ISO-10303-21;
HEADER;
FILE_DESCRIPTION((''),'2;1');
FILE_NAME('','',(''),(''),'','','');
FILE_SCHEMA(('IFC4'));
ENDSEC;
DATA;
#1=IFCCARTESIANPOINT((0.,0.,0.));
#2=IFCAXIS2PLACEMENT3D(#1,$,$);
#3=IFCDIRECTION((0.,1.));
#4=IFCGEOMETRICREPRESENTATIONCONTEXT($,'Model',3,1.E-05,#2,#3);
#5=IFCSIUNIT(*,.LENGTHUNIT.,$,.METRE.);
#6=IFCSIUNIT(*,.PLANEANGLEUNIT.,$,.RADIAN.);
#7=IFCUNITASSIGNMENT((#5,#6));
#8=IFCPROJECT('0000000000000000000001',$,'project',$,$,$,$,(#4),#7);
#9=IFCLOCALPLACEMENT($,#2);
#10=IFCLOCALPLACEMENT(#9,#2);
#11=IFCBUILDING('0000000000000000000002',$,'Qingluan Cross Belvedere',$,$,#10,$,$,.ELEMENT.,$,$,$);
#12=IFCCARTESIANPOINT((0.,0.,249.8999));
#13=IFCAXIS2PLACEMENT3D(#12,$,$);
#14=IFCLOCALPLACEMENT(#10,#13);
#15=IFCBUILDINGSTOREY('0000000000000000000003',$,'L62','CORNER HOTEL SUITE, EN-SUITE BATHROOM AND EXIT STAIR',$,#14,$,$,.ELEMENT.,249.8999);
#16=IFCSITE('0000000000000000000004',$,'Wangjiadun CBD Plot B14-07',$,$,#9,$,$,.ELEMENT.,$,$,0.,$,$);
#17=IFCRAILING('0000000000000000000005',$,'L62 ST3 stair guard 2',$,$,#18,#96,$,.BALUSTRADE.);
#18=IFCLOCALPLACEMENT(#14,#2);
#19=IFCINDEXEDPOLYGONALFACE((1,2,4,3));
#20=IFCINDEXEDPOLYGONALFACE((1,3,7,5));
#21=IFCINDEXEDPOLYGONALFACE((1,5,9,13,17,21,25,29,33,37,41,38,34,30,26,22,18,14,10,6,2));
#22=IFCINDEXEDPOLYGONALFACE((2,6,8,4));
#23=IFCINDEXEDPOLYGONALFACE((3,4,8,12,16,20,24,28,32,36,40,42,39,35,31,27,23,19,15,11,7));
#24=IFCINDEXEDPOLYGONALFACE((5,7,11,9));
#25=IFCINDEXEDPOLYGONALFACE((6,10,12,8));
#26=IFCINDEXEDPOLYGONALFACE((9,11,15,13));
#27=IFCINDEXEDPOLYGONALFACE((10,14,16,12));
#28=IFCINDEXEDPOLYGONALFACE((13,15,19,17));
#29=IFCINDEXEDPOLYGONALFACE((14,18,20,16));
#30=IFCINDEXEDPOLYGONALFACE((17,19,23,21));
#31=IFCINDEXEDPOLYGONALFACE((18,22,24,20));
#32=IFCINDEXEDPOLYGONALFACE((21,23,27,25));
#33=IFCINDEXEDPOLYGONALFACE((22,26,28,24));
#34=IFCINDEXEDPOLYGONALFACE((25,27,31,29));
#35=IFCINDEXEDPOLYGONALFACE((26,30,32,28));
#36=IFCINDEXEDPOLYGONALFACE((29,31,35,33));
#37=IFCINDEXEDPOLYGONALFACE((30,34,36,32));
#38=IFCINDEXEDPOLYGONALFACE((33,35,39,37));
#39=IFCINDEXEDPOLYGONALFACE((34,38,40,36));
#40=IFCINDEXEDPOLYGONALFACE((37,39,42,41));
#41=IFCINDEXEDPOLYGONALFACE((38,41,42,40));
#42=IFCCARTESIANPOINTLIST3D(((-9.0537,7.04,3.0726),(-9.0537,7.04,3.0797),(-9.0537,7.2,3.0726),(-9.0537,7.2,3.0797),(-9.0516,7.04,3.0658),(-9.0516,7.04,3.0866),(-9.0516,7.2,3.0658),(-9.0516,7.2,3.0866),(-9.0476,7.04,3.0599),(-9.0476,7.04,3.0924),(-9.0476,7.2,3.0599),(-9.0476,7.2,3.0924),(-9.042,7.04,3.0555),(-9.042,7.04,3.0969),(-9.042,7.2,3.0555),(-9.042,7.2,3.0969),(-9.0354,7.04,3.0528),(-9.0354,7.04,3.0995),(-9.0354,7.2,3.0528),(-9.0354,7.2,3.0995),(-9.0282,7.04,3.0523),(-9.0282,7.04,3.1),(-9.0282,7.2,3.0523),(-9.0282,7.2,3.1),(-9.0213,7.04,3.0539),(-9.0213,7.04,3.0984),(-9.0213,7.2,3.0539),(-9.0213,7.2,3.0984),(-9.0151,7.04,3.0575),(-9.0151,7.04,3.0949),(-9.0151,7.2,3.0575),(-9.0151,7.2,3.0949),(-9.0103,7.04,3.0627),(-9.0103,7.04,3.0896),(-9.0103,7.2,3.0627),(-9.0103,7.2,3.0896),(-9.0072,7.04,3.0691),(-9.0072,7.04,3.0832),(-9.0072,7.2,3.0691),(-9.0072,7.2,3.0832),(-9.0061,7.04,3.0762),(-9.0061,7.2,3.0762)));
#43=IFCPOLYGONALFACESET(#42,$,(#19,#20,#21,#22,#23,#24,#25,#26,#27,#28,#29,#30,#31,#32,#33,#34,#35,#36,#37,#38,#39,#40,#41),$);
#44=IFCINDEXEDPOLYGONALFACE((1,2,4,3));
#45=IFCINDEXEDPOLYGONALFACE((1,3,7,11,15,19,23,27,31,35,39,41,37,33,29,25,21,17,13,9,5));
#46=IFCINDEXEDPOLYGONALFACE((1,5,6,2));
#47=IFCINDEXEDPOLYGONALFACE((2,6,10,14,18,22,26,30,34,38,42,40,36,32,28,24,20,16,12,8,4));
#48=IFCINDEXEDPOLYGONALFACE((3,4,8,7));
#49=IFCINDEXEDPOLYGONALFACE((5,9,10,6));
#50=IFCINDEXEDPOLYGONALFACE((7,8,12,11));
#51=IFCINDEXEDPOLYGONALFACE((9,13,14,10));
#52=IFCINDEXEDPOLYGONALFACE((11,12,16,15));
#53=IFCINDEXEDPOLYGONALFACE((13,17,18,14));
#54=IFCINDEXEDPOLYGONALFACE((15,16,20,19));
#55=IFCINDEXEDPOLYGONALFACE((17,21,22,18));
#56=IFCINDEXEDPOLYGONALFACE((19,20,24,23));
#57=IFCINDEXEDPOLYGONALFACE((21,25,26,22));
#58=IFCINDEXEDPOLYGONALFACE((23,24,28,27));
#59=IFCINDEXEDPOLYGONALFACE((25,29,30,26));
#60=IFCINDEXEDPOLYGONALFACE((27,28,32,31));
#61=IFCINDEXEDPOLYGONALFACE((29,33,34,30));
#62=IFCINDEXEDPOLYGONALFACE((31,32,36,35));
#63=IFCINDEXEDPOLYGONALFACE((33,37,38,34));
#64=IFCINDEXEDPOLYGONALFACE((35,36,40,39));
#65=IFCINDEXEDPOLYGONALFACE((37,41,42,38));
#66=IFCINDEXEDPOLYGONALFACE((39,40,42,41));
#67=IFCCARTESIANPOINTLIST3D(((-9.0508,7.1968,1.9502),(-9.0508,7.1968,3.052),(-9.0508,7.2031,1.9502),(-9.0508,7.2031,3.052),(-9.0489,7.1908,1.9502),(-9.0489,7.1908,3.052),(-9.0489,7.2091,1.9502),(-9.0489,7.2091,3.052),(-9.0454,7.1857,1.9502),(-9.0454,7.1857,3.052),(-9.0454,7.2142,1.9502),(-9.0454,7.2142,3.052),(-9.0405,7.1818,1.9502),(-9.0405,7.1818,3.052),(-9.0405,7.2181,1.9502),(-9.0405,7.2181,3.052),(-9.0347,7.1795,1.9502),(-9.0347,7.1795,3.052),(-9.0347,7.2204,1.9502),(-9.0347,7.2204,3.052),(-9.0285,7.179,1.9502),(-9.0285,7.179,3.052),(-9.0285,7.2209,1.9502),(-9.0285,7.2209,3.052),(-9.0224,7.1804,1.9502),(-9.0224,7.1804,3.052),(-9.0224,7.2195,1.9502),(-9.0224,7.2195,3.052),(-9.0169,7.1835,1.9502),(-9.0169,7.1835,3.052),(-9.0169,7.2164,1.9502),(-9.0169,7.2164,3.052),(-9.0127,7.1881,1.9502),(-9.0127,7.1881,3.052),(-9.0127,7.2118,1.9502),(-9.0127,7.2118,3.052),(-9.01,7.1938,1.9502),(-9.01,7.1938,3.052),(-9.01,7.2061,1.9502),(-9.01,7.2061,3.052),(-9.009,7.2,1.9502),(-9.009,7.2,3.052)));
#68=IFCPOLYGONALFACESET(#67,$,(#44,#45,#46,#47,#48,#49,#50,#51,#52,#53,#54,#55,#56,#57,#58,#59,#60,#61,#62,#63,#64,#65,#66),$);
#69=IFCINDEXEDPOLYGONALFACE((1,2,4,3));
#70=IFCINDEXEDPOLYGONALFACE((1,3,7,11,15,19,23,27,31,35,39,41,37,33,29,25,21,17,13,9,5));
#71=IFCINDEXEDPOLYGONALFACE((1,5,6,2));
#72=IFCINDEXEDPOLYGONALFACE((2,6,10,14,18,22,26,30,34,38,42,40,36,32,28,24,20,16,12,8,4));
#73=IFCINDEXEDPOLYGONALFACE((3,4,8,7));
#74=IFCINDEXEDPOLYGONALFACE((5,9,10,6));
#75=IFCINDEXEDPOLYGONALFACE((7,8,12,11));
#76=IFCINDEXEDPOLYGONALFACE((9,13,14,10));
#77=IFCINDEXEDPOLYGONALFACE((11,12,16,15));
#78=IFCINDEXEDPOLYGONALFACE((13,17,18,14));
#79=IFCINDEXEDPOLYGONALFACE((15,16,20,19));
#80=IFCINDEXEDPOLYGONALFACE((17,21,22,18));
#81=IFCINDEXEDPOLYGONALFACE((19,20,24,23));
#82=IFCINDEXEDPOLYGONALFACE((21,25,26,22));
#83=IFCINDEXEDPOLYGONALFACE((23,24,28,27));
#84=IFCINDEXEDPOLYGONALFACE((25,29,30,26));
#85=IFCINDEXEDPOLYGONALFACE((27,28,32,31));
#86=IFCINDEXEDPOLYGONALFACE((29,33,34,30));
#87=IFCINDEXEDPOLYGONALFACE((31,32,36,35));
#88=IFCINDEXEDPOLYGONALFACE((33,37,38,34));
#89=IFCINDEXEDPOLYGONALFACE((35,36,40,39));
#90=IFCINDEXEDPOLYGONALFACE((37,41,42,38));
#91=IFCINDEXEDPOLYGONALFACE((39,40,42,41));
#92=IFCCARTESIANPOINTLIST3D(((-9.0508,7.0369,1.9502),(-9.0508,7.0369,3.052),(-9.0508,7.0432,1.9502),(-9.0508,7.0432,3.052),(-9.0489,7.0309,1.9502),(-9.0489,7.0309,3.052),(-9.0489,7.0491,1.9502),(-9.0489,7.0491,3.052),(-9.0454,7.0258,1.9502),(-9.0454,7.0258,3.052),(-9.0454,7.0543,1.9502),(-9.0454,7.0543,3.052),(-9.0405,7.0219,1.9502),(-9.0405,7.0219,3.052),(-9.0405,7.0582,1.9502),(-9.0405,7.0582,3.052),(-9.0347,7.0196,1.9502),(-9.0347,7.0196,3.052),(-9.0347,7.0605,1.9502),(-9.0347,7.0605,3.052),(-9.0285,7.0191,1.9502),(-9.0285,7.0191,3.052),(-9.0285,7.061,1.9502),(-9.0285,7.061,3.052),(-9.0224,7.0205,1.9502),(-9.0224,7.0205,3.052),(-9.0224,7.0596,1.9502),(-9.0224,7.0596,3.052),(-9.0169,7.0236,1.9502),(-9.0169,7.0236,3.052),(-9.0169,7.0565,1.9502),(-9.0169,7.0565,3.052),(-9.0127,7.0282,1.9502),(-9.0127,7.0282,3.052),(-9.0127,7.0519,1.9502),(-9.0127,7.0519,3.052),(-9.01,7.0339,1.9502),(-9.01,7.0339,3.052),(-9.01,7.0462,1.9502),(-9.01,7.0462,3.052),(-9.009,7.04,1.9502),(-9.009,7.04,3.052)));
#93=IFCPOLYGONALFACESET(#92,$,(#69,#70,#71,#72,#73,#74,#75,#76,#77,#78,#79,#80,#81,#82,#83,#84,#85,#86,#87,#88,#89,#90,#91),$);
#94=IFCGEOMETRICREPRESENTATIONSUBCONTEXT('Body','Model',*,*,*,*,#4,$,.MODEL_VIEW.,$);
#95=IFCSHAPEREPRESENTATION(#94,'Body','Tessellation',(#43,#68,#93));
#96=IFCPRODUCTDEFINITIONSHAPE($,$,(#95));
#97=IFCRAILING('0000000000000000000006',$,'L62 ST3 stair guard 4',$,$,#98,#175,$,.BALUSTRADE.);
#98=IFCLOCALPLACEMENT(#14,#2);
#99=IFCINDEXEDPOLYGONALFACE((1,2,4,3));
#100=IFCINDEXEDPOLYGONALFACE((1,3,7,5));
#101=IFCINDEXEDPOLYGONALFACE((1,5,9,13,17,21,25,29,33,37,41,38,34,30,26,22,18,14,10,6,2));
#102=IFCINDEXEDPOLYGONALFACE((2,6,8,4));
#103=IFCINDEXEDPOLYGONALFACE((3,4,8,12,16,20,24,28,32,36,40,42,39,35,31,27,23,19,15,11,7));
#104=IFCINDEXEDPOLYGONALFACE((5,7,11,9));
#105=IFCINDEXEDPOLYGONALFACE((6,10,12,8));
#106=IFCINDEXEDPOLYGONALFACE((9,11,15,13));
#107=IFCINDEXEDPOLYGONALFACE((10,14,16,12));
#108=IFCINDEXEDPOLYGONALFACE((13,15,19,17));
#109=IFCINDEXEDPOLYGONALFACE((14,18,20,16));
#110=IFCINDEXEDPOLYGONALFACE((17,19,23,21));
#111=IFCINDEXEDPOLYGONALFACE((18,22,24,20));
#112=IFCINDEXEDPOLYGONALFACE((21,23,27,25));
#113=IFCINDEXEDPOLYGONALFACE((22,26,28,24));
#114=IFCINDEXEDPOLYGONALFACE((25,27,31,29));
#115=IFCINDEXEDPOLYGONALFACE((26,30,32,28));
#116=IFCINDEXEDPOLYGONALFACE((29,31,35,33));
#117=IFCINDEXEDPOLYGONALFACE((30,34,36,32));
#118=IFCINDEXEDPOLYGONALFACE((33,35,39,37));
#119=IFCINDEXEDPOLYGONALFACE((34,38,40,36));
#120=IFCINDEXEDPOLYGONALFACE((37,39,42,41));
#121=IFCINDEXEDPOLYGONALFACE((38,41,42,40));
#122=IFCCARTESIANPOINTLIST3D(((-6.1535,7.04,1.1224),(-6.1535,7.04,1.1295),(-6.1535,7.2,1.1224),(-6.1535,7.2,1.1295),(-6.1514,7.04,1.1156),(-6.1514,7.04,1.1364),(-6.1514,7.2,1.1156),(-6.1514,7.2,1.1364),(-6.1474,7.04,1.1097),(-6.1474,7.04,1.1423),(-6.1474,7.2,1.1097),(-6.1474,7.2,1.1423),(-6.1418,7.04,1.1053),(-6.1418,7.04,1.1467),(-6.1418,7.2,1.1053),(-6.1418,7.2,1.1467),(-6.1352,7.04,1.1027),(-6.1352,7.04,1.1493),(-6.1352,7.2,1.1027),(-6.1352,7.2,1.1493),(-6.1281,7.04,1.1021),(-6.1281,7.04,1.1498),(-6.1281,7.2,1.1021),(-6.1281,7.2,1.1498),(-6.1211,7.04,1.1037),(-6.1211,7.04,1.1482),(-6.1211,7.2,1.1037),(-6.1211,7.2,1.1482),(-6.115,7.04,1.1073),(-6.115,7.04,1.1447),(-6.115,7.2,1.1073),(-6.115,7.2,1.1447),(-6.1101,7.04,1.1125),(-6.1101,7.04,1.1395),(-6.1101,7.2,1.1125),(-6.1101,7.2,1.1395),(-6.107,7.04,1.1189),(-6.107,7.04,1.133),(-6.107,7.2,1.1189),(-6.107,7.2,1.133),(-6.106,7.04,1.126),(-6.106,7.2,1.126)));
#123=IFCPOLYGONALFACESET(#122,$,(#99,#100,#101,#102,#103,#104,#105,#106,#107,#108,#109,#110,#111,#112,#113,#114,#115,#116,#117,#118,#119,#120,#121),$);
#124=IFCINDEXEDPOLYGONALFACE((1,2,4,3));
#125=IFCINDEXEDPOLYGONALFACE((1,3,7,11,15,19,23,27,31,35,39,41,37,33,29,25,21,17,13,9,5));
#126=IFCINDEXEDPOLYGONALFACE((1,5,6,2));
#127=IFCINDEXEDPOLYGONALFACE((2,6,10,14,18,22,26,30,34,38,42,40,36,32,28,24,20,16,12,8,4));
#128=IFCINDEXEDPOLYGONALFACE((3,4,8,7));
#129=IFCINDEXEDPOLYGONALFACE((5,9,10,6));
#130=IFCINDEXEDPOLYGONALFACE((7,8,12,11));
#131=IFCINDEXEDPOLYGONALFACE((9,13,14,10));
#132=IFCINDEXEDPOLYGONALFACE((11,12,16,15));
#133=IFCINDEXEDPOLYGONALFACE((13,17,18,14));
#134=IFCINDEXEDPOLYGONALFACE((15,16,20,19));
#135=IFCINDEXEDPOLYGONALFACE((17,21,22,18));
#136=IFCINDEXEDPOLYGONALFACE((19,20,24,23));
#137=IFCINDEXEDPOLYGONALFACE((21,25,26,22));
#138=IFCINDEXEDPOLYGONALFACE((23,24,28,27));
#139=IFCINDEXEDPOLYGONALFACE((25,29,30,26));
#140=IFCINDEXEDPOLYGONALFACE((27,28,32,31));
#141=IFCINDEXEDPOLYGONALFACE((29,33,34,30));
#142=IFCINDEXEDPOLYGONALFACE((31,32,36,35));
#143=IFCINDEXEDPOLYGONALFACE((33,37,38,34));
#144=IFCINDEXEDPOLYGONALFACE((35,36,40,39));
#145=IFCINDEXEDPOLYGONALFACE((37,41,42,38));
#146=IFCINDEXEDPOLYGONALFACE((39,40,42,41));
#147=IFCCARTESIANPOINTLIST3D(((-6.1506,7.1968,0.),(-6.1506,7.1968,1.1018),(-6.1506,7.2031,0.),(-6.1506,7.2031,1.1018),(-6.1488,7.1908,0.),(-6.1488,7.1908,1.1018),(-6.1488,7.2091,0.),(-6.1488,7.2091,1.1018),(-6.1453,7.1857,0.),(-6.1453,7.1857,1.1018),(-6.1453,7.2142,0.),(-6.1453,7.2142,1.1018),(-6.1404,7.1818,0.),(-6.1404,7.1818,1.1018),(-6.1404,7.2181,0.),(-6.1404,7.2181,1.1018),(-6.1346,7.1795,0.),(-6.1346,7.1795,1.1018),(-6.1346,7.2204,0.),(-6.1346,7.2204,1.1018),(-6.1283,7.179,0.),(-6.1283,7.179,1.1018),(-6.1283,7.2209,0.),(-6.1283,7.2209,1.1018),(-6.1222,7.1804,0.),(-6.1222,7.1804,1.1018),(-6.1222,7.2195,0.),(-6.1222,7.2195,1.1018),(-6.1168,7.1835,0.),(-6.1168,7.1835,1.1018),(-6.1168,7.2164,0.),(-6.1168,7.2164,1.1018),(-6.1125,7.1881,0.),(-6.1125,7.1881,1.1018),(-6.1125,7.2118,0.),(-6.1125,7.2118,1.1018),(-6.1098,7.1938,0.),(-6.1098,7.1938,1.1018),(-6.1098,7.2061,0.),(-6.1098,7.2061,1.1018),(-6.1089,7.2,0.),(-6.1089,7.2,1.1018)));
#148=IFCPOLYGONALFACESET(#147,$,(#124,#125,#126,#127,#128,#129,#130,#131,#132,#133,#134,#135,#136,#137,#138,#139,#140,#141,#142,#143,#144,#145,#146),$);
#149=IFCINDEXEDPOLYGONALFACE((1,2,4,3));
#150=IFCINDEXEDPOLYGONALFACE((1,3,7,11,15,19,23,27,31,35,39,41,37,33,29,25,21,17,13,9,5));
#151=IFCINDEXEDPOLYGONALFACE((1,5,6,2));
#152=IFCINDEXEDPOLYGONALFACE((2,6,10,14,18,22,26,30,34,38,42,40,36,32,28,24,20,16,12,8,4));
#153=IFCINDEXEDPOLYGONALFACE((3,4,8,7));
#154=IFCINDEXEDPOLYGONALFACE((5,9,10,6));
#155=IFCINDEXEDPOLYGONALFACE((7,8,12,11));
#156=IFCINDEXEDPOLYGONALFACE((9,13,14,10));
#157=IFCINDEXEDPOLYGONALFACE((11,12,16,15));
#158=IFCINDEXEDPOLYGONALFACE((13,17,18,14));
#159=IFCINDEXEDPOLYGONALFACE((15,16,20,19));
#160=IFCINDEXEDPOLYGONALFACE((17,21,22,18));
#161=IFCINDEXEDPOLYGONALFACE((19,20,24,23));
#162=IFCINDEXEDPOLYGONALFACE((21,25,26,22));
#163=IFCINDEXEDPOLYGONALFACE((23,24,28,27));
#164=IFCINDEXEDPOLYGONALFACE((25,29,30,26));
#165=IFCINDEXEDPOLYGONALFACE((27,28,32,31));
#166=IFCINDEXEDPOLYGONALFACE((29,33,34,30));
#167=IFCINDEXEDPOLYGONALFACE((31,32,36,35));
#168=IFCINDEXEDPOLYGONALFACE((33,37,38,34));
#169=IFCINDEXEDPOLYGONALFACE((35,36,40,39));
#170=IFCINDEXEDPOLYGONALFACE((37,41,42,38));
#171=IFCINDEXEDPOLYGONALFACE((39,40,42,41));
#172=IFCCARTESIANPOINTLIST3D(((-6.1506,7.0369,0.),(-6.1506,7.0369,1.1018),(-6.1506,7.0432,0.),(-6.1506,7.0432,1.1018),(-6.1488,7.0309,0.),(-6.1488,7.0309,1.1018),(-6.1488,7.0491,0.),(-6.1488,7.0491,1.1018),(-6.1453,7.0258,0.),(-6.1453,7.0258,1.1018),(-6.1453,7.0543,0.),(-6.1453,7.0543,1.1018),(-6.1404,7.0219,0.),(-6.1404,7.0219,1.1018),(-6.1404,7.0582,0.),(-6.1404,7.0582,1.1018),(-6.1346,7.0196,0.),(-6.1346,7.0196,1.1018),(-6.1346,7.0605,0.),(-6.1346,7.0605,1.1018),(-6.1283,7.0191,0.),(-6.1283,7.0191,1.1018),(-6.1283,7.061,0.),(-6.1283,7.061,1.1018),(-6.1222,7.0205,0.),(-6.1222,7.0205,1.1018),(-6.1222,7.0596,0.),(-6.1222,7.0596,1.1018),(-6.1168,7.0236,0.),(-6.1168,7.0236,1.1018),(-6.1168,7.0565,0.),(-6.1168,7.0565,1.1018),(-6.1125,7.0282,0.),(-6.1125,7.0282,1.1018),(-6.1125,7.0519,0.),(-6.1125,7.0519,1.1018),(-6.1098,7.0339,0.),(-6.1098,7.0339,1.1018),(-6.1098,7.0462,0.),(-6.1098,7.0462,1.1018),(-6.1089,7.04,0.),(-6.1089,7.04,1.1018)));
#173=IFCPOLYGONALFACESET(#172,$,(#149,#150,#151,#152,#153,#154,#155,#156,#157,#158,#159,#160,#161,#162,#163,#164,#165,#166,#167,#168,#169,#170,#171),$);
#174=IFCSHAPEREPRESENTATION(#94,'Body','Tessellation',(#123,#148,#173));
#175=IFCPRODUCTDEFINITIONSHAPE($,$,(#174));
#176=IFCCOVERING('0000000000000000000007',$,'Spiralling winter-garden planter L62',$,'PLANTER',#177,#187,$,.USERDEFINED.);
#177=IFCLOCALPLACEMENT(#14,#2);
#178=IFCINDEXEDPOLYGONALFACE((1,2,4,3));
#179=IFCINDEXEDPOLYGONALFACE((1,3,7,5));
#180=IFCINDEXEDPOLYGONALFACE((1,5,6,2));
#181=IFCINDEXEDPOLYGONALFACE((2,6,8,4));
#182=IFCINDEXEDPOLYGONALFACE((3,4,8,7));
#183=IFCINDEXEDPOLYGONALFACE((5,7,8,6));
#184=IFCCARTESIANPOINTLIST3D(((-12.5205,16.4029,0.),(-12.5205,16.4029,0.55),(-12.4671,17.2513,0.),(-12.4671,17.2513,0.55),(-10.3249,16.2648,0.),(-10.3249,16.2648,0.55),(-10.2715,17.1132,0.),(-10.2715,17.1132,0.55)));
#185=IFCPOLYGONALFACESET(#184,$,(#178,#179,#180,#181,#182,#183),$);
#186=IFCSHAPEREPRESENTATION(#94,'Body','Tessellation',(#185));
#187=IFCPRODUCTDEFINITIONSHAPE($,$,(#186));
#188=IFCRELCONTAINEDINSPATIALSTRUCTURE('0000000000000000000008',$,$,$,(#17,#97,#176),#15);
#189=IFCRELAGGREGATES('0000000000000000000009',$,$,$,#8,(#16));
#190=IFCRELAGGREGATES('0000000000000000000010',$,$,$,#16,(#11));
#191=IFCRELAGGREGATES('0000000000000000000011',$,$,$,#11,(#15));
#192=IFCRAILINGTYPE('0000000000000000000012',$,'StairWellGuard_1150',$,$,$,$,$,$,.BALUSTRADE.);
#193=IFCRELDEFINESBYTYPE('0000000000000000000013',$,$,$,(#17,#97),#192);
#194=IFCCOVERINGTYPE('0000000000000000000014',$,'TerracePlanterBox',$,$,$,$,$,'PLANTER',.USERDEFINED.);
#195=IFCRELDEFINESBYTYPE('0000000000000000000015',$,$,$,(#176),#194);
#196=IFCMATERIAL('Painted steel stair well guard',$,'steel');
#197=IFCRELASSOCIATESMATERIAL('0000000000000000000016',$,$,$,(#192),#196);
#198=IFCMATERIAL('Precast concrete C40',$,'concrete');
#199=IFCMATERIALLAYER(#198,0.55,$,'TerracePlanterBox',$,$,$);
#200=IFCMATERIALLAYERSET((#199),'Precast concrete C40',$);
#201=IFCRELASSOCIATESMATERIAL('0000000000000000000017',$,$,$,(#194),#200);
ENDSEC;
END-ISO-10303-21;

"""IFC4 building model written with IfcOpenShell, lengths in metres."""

from ifc_helpers import new_model, si_unit, direction, frame, origin, origin_2d, place, context, subcontext, project, spatial, rectangle, circle, extrude, material, layer, layer_set, type_object, element, save


model = new_model("IFC4")

# Units and contexts
model_context = context("Model", 3, precision=1e-05, world=origin(), true_north=direction((0.0, 1.0)))
body_context = subcontext(model_context, "Body", "Model", "MODEL_VIEW")
ifc_project = project(units=[si_unit("LENGTHUNIT", "METRE"), si_unit("PLANEANGLEUNIT", "RADIAN")], contexts=[model_context])

# Site, building, storey
site_placement = place(None, origin())
site = spatial("IfcSite", under=ifc_project, at=site_placement, Name="Wangjiadun CBD Plot B14-07", CompositionType="ELEMENT", RefElevation=0.0)
building_placement = place(site_placement, origin())
building = spatial("IfcBuilding", under=site, at=building_placement, Name="Qingluan Cross Belvedere", CompositionType="ELEMENT")
storey_placement = place(building_placement, frame((0.0, 0.0, 249.8999)))
storey = spatial("IfcBuildingStorey", under=building, at=storey_placement, Name="L62", Description="CORNER HOTEL SUITE, EN-SUITE BATHROOM AND EXIT STAIR", CompositionType="ELEMENT", Elevation=249.8999)

# Railings
ifc_material_1 = material(Name="Painted steel stair well guard", Category="steel")
railing_type_1 = type_object("IfcRailingType", Name="StairWellGuard_1150", PredefinedType="BALUSTRADE", material=ifc_material_1)
for number, where, name in (
    (1, (-9.03, 7.2, 1.9502), "L62 ST3 stair guard 2"),
    (2, (-6.1299, 7.2, 0.0), "L62 ST3 stair guard 4"),
):
    element("IfcRailing", number, at=place(storey_placement, frame(where)), inside=storey, type_object=railing_type_1, Name=name, PredefinedType="BALUSTRADE", context=body_context, shape_type="SweptSolid", body=[
        extrude(circle(Radius=0.0239, at=origin_2d()), frame((0.0, 0.0, 1.126), z_axis=(0.0, -1.0, 0.0), x_axis=(1.0, 0.0, 0.0)), (0.0, 0.0, 1.0), 0.1599),
        extrude(circle(Radius=0.021, at=origin_2d()), origin(), (0.0, 0.0, 1.0), 1.1018),
        extrude(circle(Radius=0.021, at=origin_2d()), frame((0.0, -0.1599, 0.0)), (0.0, 0.0, 1.0), 1.1018),
    ])

# Covering
ifc_material_2 = material(Name="Precast concrete C40", Category="concrete")
ifc_layer_1 = layer(ifc_material_2, 0.55, Name="TerracePlanterBox")
ifc_layer_set_1 = layer_set([ifc_layer_1], Name="Precast concrete C40")
covering_type_1 = type_object("IfcCoveringType", Name="TerracePlanterBox", ElementType="PLANTER", PredefinedType="USERDEFINED", material=ifc_layer_set_1)
covering_1_placement = place(storey_placement, frame((-11.396, 16.7581, 0.0), z_axis=(0.0, 0.0, 1.0), x_axis=(0.998027, -0.062791, 0.0)))
element("IfcCovering", 3, at=covering_1_placement, inside=storey, type_object=covering_type_1, Name="Spiralling winter-garden planter L62", ObjectType="PLANTER", PredefinedType="USERDEFINED", context=body_context, shape_type="SweptSolid", body=[
    extrude(rectangle(XDim=2.2, YDim=0.8501, at=origin_2d()), origin(), (0.0, 0.0, 1.0), 0.55),
])

save(model, "model.ifc")
